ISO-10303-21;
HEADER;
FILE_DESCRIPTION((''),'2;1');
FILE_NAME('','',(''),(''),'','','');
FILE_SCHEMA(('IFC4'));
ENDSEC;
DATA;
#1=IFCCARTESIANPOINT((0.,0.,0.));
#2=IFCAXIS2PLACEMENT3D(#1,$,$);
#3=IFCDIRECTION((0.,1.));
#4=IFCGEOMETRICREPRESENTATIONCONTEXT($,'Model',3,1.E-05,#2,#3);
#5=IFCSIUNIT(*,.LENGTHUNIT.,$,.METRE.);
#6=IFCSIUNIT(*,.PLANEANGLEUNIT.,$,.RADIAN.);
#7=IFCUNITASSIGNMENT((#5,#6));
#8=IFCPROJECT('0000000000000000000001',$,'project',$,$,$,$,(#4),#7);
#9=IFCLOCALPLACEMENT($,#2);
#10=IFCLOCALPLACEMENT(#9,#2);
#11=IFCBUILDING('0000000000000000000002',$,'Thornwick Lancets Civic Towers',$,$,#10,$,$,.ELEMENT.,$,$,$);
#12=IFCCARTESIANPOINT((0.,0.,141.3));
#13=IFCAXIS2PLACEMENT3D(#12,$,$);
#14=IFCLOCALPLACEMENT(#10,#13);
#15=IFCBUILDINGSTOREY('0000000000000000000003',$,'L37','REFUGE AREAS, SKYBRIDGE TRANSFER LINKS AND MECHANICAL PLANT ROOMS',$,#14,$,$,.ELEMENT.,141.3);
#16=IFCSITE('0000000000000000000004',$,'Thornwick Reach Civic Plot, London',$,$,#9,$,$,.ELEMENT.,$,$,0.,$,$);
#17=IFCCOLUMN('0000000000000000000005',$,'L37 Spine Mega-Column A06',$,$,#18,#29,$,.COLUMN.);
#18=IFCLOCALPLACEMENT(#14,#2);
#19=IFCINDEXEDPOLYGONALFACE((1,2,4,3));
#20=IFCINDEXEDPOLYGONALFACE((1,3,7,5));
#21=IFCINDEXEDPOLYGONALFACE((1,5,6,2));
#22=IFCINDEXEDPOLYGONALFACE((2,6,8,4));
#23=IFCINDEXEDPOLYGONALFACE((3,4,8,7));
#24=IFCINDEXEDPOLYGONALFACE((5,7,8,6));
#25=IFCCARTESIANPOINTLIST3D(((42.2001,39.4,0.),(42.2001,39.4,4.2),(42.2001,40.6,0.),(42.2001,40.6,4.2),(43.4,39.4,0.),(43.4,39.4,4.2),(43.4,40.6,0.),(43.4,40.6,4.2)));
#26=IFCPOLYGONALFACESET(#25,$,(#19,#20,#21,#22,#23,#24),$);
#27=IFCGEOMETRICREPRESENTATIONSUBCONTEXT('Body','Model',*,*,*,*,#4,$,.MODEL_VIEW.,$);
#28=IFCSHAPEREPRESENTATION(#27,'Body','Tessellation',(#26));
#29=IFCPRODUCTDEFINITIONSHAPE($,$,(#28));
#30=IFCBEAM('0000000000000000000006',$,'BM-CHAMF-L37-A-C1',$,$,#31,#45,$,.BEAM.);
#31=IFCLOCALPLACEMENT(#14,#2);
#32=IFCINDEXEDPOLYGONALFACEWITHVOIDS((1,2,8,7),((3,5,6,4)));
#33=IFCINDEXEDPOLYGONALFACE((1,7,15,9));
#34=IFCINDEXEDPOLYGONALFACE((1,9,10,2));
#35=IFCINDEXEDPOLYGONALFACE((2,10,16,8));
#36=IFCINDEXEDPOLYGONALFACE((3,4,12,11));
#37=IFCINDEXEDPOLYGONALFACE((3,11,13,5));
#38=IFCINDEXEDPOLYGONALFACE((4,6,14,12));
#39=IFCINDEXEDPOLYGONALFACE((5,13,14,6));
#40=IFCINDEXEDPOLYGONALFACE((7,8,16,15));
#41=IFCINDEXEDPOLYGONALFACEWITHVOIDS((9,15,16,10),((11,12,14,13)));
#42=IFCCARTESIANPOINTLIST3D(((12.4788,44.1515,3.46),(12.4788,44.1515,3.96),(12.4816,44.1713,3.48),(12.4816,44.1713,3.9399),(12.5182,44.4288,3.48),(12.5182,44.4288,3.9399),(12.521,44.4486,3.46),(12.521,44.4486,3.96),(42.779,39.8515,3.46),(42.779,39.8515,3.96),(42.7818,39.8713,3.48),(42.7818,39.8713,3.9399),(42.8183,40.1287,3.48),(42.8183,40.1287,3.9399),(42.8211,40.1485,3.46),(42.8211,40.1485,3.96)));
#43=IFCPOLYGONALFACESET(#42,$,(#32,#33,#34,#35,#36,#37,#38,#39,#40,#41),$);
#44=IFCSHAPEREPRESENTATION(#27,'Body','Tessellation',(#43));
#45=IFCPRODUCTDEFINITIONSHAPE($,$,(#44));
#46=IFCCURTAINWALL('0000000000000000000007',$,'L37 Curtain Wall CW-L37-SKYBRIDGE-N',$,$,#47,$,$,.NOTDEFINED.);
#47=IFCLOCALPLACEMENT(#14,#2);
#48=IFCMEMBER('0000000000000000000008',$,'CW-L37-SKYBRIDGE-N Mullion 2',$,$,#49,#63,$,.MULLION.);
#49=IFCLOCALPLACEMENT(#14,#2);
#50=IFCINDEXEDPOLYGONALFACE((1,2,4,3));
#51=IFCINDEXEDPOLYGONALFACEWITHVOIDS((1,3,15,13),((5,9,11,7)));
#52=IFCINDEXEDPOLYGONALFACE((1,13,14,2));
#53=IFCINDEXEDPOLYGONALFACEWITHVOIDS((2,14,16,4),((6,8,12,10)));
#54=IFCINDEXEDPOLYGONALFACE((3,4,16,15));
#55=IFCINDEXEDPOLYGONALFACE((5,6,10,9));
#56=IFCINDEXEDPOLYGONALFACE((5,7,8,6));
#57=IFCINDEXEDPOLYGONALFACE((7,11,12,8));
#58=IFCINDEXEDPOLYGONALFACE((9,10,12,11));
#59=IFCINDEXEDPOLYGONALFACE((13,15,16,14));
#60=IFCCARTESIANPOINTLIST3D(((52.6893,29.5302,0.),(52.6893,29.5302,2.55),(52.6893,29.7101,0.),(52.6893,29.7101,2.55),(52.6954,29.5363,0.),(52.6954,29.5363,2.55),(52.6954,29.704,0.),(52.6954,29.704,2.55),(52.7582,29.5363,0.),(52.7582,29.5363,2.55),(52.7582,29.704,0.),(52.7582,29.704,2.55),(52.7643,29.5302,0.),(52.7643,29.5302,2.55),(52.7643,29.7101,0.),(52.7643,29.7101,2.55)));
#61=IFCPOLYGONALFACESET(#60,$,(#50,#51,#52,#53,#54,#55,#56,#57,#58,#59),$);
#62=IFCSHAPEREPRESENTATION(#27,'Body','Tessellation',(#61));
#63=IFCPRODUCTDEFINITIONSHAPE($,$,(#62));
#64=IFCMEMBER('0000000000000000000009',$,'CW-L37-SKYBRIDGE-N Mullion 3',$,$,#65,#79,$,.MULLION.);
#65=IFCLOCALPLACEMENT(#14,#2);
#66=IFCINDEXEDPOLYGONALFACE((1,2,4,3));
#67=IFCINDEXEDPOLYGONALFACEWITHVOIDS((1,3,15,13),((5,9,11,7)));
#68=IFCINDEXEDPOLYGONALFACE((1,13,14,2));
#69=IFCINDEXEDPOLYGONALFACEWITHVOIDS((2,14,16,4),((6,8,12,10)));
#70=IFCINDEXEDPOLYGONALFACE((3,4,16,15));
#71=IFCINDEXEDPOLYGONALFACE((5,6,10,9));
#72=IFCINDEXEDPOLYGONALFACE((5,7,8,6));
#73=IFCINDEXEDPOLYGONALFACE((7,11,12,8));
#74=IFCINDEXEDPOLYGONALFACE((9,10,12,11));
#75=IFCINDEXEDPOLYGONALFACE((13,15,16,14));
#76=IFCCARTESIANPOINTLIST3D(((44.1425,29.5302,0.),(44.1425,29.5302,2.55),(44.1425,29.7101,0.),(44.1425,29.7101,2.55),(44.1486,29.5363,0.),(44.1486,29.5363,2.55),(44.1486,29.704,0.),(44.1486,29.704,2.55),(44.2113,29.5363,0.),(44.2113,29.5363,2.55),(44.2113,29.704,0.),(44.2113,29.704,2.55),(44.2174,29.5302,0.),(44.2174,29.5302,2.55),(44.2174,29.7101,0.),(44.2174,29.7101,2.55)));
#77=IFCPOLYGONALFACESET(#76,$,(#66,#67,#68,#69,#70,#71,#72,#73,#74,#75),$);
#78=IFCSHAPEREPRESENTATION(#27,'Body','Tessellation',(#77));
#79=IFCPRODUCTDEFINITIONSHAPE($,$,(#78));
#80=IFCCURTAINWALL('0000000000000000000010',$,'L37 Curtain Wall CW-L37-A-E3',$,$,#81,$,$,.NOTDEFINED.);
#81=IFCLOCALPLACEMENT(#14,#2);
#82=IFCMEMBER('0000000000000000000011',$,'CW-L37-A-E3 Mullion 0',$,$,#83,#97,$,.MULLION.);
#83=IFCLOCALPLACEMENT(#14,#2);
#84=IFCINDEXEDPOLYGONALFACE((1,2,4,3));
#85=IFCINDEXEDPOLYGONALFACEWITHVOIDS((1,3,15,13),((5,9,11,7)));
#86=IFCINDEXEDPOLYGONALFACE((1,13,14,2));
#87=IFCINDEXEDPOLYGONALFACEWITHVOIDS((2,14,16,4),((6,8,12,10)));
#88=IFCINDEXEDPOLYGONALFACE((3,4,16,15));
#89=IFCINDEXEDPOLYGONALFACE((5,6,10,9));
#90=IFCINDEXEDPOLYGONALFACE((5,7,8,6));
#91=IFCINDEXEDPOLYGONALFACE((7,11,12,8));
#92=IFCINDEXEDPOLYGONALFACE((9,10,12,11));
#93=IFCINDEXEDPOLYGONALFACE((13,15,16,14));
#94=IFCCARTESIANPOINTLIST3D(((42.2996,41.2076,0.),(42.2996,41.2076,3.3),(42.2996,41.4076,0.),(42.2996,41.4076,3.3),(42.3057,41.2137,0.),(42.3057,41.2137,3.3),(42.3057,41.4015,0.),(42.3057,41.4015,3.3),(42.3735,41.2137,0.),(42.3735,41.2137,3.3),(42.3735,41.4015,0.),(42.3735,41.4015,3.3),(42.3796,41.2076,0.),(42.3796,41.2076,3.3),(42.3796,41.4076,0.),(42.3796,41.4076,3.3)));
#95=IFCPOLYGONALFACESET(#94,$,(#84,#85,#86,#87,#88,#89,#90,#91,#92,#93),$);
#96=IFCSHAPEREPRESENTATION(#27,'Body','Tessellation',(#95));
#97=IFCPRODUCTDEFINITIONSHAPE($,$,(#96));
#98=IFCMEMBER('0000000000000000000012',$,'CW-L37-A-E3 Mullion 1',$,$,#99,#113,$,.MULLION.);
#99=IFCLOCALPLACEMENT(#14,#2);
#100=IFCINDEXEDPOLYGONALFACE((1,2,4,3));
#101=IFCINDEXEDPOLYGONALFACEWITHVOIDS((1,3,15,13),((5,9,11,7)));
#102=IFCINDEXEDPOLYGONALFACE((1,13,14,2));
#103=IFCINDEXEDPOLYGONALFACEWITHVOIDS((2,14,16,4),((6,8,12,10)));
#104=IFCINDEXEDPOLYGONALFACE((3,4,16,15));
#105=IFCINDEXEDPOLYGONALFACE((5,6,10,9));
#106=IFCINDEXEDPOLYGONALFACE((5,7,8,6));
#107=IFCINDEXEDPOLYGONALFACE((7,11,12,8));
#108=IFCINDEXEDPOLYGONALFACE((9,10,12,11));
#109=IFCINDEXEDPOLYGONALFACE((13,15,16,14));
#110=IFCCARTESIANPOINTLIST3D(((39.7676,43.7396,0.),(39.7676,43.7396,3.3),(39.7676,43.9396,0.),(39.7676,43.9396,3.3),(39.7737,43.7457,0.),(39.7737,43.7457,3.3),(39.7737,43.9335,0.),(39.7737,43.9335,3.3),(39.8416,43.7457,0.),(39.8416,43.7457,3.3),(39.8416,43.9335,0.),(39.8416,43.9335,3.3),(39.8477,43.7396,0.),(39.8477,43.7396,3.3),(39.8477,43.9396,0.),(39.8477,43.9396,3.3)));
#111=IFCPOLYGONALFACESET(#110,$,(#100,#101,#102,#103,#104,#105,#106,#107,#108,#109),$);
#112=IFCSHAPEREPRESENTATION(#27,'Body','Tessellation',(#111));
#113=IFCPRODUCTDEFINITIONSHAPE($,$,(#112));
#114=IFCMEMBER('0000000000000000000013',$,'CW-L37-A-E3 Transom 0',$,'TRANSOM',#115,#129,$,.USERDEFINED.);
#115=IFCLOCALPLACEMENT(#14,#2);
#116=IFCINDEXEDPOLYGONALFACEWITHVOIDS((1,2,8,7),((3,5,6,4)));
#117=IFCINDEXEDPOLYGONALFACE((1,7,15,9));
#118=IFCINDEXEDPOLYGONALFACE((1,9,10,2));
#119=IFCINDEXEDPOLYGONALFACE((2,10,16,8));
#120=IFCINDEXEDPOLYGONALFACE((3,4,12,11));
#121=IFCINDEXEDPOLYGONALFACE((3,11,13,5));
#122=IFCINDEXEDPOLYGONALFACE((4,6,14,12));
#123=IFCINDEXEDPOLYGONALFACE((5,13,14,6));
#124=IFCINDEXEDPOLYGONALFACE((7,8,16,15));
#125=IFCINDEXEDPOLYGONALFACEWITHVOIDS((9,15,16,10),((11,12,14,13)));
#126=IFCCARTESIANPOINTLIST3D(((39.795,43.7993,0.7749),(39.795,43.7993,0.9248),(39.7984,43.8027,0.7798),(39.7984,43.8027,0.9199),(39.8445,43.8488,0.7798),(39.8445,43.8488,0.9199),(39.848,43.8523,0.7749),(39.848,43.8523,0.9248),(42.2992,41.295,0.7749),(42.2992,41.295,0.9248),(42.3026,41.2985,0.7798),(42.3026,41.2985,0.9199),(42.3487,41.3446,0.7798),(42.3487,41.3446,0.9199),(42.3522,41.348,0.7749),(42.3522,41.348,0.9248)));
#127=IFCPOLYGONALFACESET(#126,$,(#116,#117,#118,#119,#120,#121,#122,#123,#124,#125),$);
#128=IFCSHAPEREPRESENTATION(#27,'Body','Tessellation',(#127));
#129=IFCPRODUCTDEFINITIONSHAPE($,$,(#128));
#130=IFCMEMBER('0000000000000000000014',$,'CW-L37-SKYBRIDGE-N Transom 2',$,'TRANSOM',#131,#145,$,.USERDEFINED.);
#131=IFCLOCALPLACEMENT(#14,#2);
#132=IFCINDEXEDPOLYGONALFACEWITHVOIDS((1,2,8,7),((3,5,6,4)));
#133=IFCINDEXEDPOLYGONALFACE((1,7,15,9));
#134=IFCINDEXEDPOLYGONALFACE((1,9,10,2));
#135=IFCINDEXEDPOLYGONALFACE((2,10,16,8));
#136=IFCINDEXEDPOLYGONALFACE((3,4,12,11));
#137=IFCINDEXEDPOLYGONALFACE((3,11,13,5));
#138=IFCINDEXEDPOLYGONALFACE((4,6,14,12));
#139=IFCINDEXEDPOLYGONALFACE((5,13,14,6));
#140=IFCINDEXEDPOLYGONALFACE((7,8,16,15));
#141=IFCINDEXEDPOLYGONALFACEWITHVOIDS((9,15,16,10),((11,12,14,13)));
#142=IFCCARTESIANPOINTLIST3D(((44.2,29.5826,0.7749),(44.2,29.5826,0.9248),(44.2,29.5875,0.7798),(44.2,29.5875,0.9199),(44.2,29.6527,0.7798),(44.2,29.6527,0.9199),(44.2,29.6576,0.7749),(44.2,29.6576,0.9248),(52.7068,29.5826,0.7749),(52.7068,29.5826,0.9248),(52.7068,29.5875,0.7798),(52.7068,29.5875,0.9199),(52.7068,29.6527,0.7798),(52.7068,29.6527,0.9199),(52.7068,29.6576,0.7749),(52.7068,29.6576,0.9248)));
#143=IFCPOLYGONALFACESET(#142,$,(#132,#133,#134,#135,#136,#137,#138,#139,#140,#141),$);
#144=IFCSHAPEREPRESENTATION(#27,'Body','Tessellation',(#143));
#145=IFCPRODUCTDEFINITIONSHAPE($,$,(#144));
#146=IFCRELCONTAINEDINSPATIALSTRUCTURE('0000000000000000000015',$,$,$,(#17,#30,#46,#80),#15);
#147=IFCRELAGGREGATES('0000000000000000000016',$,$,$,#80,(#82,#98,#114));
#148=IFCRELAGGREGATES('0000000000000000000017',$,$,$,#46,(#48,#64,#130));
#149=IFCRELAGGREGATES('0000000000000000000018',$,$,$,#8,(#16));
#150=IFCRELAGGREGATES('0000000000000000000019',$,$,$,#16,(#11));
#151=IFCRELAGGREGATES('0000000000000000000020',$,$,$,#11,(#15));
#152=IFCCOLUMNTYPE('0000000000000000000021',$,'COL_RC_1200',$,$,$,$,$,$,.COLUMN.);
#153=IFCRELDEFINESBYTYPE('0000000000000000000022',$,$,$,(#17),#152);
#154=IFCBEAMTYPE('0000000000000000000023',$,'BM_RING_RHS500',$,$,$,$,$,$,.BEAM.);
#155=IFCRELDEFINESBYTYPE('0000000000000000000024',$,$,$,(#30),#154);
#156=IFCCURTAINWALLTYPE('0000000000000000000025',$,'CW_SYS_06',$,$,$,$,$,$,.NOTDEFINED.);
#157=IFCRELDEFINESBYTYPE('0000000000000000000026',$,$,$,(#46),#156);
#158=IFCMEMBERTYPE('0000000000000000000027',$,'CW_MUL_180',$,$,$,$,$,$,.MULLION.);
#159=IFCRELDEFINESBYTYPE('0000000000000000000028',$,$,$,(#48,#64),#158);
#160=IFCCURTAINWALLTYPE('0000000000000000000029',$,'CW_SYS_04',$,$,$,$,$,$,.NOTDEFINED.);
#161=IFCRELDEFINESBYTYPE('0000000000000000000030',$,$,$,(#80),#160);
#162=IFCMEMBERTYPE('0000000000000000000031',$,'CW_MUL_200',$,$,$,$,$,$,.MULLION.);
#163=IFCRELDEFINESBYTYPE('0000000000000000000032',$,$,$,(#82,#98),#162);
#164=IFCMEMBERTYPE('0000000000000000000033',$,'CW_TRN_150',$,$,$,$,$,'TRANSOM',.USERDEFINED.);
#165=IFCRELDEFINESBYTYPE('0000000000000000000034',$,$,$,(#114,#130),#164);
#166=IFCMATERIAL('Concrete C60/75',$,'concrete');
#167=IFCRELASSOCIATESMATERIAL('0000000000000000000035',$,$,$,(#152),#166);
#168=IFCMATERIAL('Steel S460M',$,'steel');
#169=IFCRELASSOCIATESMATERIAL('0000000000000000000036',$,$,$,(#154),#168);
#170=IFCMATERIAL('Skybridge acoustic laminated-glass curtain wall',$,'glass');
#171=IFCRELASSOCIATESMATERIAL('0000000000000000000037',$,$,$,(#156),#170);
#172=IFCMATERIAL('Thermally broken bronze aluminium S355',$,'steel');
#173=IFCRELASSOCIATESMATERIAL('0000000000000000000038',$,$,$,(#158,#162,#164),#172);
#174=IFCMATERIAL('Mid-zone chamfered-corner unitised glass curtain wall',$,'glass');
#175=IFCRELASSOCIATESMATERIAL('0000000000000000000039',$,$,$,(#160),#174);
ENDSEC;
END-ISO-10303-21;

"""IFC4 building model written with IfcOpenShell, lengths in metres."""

from ifc_helpers import new_model, si_unit, direction, frame, origin, origin_2d, place, context, subcontext, project, spatial, rectangle, hollow_rectangle, extrude, material, material_profile, profile_set, type_object, element, aggregate, save


model = new_model("IFC4")

# Units and contexts
model_context = context("Model", 3, precision=1e-05, world=origin(), true_north=direction((0.0, 1.0)))
body_context = subcontext(model_context, "Body", "Model", "MODEL_VIEW")
ifc_project = project(units=[si_unit("LENGTHUNIT", "METRE"), si_unit("PLANEANGLEUNIT", "RADIAN")], contexts=[model_context])

# Site, building, storey
site_placement = place(None, origin())
site = spatial("IfcSite", under=ifc_project, at=site_placement, Name="Thornwick Reach Civic Plot, London", CompositionType="ELEMENT", RefElevation=0.0)
building_placement = place(site_placement, origin())
building = spatial("IfcBuilding", under=site, at=building_placement, Name="Thornwick Lancets Civic Towers", CompositionType="ELEMENT")
storey_placement = place(building_placement, frame((0.0, 0.0, 141.3)))
storey = spatial("IfcBuildingStorey", under=building, at=storey_placement, Name="L37", Description="REFUGE AREAS, SKYBRIDGE TRANSFER LINKS AND MECHANICAL PLANT ROOMS", CompositionType="ELEMENT", Elevation=141.3)

# Column
ifc_material_1 = material(Name="Concrete C60/75", Category="concrete")
ifc_material_profile_1 = material_profile(ifc_material_1, rectangle(XDim=1.2, YDim=1.2, at=origin_2d()), Name="RC 1200x1200")
ifc_profile_set_1 = profile_set([ifc_material_profile_1], Name="Concrete C60/75")
column_type = type_object("IfcColumnType", Name="COL_RC_1200", PredefinedType="COLUMN", material=ifc_profile_set_1)
column_placement = place(storey_placement, frame((42.8, 40.0, 0.0), z_axis=(0.0, 0.0, 1.0), x_axis=(1.0, 0.0, 0.0)))
element("IfcColumn", 1, at=column_placement, inside=storey, type_object=column_type, Name="L37 Spine Mega-Column A06", PredefinedType="COLUMN", context=body_context, shape_type="SweptSolid", body=[
    extrude(rectangle(XDim=1.2, YDim=1.2, at=origin_2d()), origin(), (0.0, 0.0, 1.0), 4.2),
])

# Beam
ifc_material_2 = material(Name="Steel S460M", Category="steel")
ifc_material_profile_2 = material_profile(ifc_material_2, hollow_rectangle(XDim=0.3, YDim=0.5, WallThickness=0.02, at=origin_2d()), Name="RHS 500x300x20")
ifc_profile_set_2 = profile_set([ifc_material_profile_2], Name="Steel S460M")
beam_type = type_object("IfcBeamType", Name="BM_RING_RHS500", PredefinedType="BEAM", material=ifc_profile_set_2)
beam_placement = place(storey_placement, frame((42.8, 40.0, 3.71), z_axis=(-0.99008, 0.140508, 0.0), x_axis=(-0.140508, -0.99008, 0.0)))
element("IfcBeam", 2, at=beam_placement, inside=storey, type_object=beam_type, Name="BM-CHAMF-L37-A-C1", PredefinedType="BEAM", context=body_context, shape_type="SweptSolid", body=[
    extrude(hollow_rectangle(XDim=0.3, YDim=0.5, WallThickness=0.02, at=origin_2d()), origin(), (0.0, 0.0, 1.0), 30.6038),
])

# Curtain walls, members
ifc_material_3 = material(Name="Skybridge acoustic laminated-glass curtain wall", Category="glass")
curtain_wall_type_1 = type_object("IfcCurtainWallType", Name="CW_SYS_06", PredefinedType="NOTDEFINED", material=ifc_material_3)
curtain_wall_1_placement = place(storey_placement, origin())
curtain_wall_1 = element("IfcCurtainWall", 3, at=curtain_wall_1_placement, inside=storey, type_object=curtain_wall_type_1, Name="L37 Curtain Wall CW-L37-SKYBRIDGE-N", PredefinedType="NOTDEFINED")
ifc_material_4 = material(Name="Thermally broken bronze aluminium S355", Category="steel")
ifc_material_profile_3 = material_profile(ifc_material_4, hollow_rectangle(XDim=0.075, YDim=0.1799, WallThickness=0.0061, at=origin_2d()), Name="RHS 180x75x6")
ifc_profile_set_3 = profile_set([ifc_material_profile_3], Name="Thermally broken bronze aluminium S355")
member_type_1 = type_object("IfcMemberType", Name="CW_MUL_180", PredefinedType="MULLION", material=ifc_profile_set_3)
member_1_placement = place(storey_placement, frame((52.7268, 29.6201, 0.0), z_axis=(0.0, 0.0, 1.0), x_axis=(1.0, 0.0, 0.0)))
member_1 = element("IfcMember", 4, at=member_1_placement, type_object=member_type_1, Name="CW-L37-SKYBRIDGE-N Mullion 2", PredefinedType="MULLION", context=body_context, shape_type="SweptSolid", body=[
    extrude(hollow_rectangle(XDim=0.075, YDim=0.1799, WallThickness=0.0061, at=origin_2d()), origin(), (0.0, 0.0, 1.0), 2.55),
])
member_2_placement = place(storey_placement, frame((44.1799, 29.6201, 0.0), z_axis=(0.0, 0.0, 1.0), x_axis=(1.0, 0.0, 0.0)))
member_2 = element("IfcMember", 5, at=member_2_placement, type_object=member_type_1, Name="CW-L37-SKYBRIDGE-N Mullion 3", PredefinedType="MULLION", context=body_context, shape_type="SweptSolid", body=[
    extrude(hollow_rectangle(XDim=0.075, YDim=0.1799, WallThickness=0.0061, at=origin_2d()), origin(), (0.0, 0.0, 1.0), 2.55),
])
ifc_material_5 = material(Name="Mid-zone chamfered-corner unitised glass curtain wall", Category="glass")
curtain_wall_type_2 = type_object("IfcCurtainWallType", Name="CW_SYS_04", PredefinedType="NOTDEFINED", material=ifc_material_5)
curtain_wall_2_placement = place(storey_placement, origin())
curtain_wall_2 = element("IfcCurtainWall", 6, at=curtain_wall_2_placement, inside=storey, type_object=curtain_wall_type_2, Name="L37 Curtain Wall CW-L37-A-E3", PredefinedType="NOTDEFINED")
ifc_material_profile_4 = material_profile(ifc_material_4, hollow_rectangle(XDim=0.0801, YDim=0.2, WallThickness=0.0061, at=origin_2d()), Name="RHS 200x80x6")
ifc_profile_set_4 = profile_set([ifc_material_profile_4], Name="Thermally broken bronze aluminium S355")
member_type_2 = type_object("IfcMemberType", Name="CW_MUL_200", PredefinedType="MULLION", material=ifc_profile_set_4)
member_3_placement = place(storey_placement, frame((42.3396, 41.3076, 0.0), z_axis=(0.0, 0.0, 1.0), x_axis=(1.0, 0.0, 0.0)))
member_3 = element("IfcMember", 7, at=member_3_placement, type_object=member_type_2, Name="CW-L37-A-E3 Mullion 0", PredefinedType="MULLION", context=body_context, shape_type="SweptSolid", body=[
    extrude(hollow_rectangle(XDim=0.0801, YDim=0.2, WallThickness=0.0061, at=origin_2d()), origin(), (0.0, 0.0, 1.0), 3.3),
])
member_4_placement = place(storey_placement, frame((39.8076, 43.8396, 0.0), z_axis=(0.0, 0.0, 1.0), x_axis=(1.0, 0.0, 0.0)))
member_4 = element("IfcMember", 8, at=member_4_placement, type_object=member_type_2, Name="CW-L37-A-E3 Mullion 1", PredefinedType="MULLION", context=body_context, shape_type="SweptSolid", body=[
    extrude(hollow_rectangle(XDim=0.0801, YDim=0.2, WallThickness=0.0061, at=origin_2d()), origin(), (0.0, 0.0, 1.0), 3.3),
])
ifc_material_profile_5 = material_profile(ifc_material_4, hollow_rectangle(XDim=0.075, YDim=0.1499, WallThickness=0.0049, at=origin_2d()), Name="RHS 150x75x5")
ifc_profile_set_5 = profile_set([ifc_material_profile_5], Name="Thermally broken bronze aluminium S355")
member_type_3 = type_object("IfcMemberType", Name="CW_TRN_150", ElementType="TRANSOM", PredefinedType="USERDEFINED", material=ifc_profile_set_5)
member_5_placement = place(storey_placement, frame((42.3257, 41.3215, 0.8499), z_axis=(-0.707107, 0.707107, 0.0), x_axis=(-0.707107, -0.707107, 0.0)))
member_5 = element("IfcMember", 9, at=member_5_placement, type_object=member_type_3, Name="CW-L37-A-E3 Transom 0", ObjectType="TRANSOM", PredefinedType="USERDEFINED", context=body_context, shape_type="SweptSolid", body=[
    extrude(hollow_rectangle(XDim=0.075, YDim=0.1499, WallThickness=0.0049, at=origin_2d()), origin(), (0.0, 0.0, 1.0), 3.5415),
])

# Member
member_6_placement = place(storey_placement, frame((52.7068, 29.6201, 0.8499), z_axis=(-1.0, 0.0, 0.0), x_axis=(0.0, -1.0, 0.0)))
member_6 = element("IfcMember", 10, at=member_6_placement, type_object=member_type_3, Name="CW-L37-SKYBRIDGE-N Transom 2", ObjectType="TRANSOM", PredefinedType="USERDEFINED", context=body_context, shape_type="SweptSolid", body=[
    extrude(hollow_rectangle(XDim=0.075, YDim=0.1499, WallThickness=0.0049, at=origin_2d()), origin(), (0.0, 0.0, 1.0), 8.5068),
])

aggregate(curtain_wall_2, [member_3, member_4, member_5])
aggregate(curtain_wall_1, [member_1, member_2, member_6])

save(model, "model.ifc")
